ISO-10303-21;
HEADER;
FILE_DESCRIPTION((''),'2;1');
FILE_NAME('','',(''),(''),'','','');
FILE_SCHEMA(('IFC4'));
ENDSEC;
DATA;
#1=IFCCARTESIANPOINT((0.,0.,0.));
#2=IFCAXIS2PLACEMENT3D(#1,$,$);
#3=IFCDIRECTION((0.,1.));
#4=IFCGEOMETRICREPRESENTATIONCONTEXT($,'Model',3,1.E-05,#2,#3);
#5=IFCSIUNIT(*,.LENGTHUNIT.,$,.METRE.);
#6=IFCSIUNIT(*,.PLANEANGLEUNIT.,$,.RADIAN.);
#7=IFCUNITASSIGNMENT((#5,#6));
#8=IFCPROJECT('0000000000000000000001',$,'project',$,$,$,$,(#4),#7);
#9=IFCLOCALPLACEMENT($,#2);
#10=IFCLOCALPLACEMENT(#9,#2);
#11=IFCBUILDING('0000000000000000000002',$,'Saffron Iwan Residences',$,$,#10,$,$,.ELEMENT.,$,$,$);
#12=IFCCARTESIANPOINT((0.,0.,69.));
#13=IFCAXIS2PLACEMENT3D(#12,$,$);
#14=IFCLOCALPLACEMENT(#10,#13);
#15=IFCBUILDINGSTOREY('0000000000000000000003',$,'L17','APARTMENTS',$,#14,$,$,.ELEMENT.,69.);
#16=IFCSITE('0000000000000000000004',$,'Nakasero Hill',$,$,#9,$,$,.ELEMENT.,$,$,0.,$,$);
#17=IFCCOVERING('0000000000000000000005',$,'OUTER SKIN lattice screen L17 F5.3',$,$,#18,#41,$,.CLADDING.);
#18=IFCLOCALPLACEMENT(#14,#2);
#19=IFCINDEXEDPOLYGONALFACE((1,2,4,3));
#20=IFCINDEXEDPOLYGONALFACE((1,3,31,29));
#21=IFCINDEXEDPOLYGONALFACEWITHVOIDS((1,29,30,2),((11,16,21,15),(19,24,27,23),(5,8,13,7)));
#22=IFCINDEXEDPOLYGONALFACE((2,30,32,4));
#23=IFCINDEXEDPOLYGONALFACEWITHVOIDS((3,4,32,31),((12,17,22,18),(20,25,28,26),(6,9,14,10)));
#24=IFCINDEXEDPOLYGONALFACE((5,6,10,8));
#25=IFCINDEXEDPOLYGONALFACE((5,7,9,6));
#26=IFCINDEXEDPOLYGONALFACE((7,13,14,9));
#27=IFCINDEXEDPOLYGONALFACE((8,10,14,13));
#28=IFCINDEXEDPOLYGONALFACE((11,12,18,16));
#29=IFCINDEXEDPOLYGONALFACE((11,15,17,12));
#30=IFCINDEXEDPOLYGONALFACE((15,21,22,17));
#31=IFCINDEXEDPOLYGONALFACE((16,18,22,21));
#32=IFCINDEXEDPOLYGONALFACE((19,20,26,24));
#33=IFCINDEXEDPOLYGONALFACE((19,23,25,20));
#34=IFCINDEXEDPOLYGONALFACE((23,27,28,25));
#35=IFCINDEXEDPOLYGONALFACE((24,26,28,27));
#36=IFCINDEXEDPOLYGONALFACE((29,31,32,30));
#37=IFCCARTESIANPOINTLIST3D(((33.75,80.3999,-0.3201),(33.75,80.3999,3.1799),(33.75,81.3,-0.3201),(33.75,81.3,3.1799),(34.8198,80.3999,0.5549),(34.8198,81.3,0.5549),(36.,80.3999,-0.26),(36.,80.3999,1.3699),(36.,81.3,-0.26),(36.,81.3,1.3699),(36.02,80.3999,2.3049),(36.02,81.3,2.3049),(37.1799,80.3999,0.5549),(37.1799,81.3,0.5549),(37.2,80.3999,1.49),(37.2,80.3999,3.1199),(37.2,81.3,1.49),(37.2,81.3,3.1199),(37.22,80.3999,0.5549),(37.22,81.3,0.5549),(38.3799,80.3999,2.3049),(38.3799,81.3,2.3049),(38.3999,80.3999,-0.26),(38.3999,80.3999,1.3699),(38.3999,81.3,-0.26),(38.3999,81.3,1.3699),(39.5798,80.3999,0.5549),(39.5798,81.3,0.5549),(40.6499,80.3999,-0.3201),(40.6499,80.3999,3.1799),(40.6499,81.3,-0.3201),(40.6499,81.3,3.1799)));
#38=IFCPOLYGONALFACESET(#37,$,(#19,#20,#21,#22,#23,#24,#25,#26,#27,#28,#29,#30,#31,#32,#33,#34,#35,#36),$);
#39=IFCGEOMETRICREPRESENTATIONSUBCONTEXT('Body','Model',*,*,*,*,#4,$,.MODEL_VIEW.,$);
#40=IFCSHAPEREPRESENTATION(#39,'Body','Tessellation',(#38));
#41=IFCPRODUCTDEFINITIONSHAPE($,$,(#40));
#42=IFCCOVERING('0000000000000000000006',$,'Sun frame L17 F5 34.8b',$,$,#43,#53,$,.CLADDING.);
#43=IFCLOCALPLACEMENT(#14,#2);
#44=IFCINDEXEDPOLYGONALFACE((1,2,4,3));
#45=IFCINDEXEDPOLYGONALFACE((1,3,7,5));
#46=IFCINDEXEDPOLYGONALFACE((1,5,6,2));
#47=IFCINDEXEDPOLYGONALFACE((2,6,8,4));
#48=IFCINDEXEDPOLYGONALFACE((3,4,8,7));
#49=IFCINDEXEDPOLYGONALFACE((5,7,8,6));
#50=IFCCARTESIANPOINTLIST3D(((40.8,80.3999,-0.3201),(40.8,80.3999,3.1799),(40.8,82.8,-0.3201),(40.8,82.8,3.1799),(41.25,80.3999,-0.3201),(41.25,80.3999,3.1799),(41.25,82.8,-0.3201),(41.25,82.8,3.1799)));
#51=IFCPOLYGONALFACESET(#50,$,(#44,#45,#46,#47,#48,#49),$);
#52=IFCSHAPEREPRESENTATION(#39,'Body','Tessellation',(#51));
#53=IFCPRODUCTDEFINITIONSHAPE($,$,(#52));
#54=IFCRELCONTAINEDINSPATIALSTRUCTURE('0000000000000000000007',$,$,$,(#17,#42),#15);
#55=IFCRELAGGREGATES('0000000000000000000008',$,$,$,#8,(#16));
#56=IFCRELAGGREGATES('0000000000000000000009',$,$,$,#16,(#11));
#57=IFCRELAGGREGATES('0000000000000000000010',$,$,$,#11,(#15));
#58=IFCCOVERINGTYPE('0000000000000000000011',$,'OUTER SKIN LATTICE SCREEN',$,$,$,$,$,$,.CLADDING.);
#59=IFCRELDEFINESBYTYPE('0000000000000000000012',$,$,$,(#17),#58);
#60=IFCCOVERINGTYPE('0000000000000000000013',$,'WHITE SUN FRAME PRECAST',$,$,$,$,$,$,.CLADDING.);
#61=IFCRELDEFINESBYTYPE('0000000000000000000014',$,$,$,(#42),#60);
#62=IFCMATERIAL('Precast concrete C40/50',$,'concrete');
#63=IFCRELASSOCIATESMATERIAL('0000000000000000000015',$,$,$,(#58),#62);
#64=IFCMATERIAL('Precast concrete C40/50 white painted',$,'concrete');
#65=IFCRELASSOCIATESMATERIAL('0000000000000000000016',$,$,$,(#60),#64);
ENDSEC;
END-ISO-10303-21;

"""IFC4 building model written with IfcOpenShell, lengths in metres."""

from ifc_helpers import new_model, si_unit, direction, frame, origin, place, context, subcontext, project, spatial, polyline, outline, extrude, material, type_object, element, save


model = new_model("IFC4")

# Units and contexts
model_context = context("Model", 3, precision=1e-05, world=origin(), true_north=direction((0.0, 1.0)))
body_context = subcontext(model_context, "Body", "Model", "MODEL_VIEW")
ifc_project = project(units=[si_unit("LENGTHUNIT", "METRE"), si_unit("PLANEANGLEUNIT", "RADIAN")], contexts=[model_context])

# Site, building, storey
site_placement = place(None, origin())
site = spatial("IfcSite", under=ifc_project, at=site_placement, Name="Nakasero Hill", CompositionType="ELEMENT", RefElevation=0.0)
building_placement = place(site_placement, origin())
building = spatial("IfcBuilding", under=site, at=building_placement, Name="Saffron Iwan Residences", CompositionType="ELEMENT")
storey_placement = place(building_placement, frame((0.0, 0.0, 69.0)))
storey = spatial("IfcBuildingStorey", under=building, at=storey_placement, Name="L17", Description="APARTMENTS", CompositionType="ELEMENT", Elevation=69.0)

# Coverings
ifc_material_1 = material(Name="Precast concrete C40/50", Category="concrete")
covering_type_1 = type_object("IfcCoveringType", Name="OUTER SKIN LATTICE SCREEN", PredefinedType="CLADDING", material=ifc_material_1)
covering_1_placement = place(storey_placement, frame((40.6499, 80.3999, -0.3201), z_axis=(0.0, 1.0, 0.0), x_axis=(-1.0, 0.0, 0.0)))
element("IfcCovering", 1, at=covering_1_placement, inside=storey, type_object=covering_type_1, Name="OUTER SKIN lattice screen L17 F5.3", PredefinedType="CLADDING", context=body_context, shape_type="SweptSolid", body=[
    extrude(outline(polyline([(0.0, 0.0), (6.8999, 0.0), (6.8999, 3.5), (0.0, 3.5), (0.0, 0.0)]), holes=[polyline([(1.0701, 0.875), (2.25, 0.0601), (3.4299, 0.875), (2.25, 1.6899), (1.0701, 0.875)]), polyline([(3.47, 0.875), (4.6499, 0.0601), (5.8301, 0.875), (4.6499, 1.6899), (3.47, 0.875)]), polyline([(2.27, 2.625), (3.45, 1.8101), (4.6299, 2.625), (3.45, 3.4399), (2.27, 2.625)])]), origin(), (0.0, 0.0, 1.0), 0.9001),
])
ifc_material_2 = material(Name="Precast concrete C40/50 white painted", Category="concrete")
covering_type_2 = type_object("IfcCoveringType", Name="WHITE SUN FRAME PRECAST", PredefinedType="CLADDING", material=ifc_material_2)
covering_2_placement = place(storey_placement, frame((41.25, 80.3999, -0.3201), z_axis=(0.0, 1.0, 0.0), x_axis=(-1.0, 0.0, 0.0)))
element("IfcCovering", 2, at=covering_2_placement, inside=storey, type_object=covering_type_2, Name="Sun frame L17 F5 34.8b", PredefinedType="CLADDING", context=body_context, shape_type="SweptSolid", body=[
    extrude(outline(polyline([(0.0, 0.0), (0.45, 0.0), (0.45, 3.5), (0.0, 3.5), (0.0, 0.0)])), origin(), (0.0, 0.0, 1.0), 2.4001),
])

save(model, "model.ifc")
